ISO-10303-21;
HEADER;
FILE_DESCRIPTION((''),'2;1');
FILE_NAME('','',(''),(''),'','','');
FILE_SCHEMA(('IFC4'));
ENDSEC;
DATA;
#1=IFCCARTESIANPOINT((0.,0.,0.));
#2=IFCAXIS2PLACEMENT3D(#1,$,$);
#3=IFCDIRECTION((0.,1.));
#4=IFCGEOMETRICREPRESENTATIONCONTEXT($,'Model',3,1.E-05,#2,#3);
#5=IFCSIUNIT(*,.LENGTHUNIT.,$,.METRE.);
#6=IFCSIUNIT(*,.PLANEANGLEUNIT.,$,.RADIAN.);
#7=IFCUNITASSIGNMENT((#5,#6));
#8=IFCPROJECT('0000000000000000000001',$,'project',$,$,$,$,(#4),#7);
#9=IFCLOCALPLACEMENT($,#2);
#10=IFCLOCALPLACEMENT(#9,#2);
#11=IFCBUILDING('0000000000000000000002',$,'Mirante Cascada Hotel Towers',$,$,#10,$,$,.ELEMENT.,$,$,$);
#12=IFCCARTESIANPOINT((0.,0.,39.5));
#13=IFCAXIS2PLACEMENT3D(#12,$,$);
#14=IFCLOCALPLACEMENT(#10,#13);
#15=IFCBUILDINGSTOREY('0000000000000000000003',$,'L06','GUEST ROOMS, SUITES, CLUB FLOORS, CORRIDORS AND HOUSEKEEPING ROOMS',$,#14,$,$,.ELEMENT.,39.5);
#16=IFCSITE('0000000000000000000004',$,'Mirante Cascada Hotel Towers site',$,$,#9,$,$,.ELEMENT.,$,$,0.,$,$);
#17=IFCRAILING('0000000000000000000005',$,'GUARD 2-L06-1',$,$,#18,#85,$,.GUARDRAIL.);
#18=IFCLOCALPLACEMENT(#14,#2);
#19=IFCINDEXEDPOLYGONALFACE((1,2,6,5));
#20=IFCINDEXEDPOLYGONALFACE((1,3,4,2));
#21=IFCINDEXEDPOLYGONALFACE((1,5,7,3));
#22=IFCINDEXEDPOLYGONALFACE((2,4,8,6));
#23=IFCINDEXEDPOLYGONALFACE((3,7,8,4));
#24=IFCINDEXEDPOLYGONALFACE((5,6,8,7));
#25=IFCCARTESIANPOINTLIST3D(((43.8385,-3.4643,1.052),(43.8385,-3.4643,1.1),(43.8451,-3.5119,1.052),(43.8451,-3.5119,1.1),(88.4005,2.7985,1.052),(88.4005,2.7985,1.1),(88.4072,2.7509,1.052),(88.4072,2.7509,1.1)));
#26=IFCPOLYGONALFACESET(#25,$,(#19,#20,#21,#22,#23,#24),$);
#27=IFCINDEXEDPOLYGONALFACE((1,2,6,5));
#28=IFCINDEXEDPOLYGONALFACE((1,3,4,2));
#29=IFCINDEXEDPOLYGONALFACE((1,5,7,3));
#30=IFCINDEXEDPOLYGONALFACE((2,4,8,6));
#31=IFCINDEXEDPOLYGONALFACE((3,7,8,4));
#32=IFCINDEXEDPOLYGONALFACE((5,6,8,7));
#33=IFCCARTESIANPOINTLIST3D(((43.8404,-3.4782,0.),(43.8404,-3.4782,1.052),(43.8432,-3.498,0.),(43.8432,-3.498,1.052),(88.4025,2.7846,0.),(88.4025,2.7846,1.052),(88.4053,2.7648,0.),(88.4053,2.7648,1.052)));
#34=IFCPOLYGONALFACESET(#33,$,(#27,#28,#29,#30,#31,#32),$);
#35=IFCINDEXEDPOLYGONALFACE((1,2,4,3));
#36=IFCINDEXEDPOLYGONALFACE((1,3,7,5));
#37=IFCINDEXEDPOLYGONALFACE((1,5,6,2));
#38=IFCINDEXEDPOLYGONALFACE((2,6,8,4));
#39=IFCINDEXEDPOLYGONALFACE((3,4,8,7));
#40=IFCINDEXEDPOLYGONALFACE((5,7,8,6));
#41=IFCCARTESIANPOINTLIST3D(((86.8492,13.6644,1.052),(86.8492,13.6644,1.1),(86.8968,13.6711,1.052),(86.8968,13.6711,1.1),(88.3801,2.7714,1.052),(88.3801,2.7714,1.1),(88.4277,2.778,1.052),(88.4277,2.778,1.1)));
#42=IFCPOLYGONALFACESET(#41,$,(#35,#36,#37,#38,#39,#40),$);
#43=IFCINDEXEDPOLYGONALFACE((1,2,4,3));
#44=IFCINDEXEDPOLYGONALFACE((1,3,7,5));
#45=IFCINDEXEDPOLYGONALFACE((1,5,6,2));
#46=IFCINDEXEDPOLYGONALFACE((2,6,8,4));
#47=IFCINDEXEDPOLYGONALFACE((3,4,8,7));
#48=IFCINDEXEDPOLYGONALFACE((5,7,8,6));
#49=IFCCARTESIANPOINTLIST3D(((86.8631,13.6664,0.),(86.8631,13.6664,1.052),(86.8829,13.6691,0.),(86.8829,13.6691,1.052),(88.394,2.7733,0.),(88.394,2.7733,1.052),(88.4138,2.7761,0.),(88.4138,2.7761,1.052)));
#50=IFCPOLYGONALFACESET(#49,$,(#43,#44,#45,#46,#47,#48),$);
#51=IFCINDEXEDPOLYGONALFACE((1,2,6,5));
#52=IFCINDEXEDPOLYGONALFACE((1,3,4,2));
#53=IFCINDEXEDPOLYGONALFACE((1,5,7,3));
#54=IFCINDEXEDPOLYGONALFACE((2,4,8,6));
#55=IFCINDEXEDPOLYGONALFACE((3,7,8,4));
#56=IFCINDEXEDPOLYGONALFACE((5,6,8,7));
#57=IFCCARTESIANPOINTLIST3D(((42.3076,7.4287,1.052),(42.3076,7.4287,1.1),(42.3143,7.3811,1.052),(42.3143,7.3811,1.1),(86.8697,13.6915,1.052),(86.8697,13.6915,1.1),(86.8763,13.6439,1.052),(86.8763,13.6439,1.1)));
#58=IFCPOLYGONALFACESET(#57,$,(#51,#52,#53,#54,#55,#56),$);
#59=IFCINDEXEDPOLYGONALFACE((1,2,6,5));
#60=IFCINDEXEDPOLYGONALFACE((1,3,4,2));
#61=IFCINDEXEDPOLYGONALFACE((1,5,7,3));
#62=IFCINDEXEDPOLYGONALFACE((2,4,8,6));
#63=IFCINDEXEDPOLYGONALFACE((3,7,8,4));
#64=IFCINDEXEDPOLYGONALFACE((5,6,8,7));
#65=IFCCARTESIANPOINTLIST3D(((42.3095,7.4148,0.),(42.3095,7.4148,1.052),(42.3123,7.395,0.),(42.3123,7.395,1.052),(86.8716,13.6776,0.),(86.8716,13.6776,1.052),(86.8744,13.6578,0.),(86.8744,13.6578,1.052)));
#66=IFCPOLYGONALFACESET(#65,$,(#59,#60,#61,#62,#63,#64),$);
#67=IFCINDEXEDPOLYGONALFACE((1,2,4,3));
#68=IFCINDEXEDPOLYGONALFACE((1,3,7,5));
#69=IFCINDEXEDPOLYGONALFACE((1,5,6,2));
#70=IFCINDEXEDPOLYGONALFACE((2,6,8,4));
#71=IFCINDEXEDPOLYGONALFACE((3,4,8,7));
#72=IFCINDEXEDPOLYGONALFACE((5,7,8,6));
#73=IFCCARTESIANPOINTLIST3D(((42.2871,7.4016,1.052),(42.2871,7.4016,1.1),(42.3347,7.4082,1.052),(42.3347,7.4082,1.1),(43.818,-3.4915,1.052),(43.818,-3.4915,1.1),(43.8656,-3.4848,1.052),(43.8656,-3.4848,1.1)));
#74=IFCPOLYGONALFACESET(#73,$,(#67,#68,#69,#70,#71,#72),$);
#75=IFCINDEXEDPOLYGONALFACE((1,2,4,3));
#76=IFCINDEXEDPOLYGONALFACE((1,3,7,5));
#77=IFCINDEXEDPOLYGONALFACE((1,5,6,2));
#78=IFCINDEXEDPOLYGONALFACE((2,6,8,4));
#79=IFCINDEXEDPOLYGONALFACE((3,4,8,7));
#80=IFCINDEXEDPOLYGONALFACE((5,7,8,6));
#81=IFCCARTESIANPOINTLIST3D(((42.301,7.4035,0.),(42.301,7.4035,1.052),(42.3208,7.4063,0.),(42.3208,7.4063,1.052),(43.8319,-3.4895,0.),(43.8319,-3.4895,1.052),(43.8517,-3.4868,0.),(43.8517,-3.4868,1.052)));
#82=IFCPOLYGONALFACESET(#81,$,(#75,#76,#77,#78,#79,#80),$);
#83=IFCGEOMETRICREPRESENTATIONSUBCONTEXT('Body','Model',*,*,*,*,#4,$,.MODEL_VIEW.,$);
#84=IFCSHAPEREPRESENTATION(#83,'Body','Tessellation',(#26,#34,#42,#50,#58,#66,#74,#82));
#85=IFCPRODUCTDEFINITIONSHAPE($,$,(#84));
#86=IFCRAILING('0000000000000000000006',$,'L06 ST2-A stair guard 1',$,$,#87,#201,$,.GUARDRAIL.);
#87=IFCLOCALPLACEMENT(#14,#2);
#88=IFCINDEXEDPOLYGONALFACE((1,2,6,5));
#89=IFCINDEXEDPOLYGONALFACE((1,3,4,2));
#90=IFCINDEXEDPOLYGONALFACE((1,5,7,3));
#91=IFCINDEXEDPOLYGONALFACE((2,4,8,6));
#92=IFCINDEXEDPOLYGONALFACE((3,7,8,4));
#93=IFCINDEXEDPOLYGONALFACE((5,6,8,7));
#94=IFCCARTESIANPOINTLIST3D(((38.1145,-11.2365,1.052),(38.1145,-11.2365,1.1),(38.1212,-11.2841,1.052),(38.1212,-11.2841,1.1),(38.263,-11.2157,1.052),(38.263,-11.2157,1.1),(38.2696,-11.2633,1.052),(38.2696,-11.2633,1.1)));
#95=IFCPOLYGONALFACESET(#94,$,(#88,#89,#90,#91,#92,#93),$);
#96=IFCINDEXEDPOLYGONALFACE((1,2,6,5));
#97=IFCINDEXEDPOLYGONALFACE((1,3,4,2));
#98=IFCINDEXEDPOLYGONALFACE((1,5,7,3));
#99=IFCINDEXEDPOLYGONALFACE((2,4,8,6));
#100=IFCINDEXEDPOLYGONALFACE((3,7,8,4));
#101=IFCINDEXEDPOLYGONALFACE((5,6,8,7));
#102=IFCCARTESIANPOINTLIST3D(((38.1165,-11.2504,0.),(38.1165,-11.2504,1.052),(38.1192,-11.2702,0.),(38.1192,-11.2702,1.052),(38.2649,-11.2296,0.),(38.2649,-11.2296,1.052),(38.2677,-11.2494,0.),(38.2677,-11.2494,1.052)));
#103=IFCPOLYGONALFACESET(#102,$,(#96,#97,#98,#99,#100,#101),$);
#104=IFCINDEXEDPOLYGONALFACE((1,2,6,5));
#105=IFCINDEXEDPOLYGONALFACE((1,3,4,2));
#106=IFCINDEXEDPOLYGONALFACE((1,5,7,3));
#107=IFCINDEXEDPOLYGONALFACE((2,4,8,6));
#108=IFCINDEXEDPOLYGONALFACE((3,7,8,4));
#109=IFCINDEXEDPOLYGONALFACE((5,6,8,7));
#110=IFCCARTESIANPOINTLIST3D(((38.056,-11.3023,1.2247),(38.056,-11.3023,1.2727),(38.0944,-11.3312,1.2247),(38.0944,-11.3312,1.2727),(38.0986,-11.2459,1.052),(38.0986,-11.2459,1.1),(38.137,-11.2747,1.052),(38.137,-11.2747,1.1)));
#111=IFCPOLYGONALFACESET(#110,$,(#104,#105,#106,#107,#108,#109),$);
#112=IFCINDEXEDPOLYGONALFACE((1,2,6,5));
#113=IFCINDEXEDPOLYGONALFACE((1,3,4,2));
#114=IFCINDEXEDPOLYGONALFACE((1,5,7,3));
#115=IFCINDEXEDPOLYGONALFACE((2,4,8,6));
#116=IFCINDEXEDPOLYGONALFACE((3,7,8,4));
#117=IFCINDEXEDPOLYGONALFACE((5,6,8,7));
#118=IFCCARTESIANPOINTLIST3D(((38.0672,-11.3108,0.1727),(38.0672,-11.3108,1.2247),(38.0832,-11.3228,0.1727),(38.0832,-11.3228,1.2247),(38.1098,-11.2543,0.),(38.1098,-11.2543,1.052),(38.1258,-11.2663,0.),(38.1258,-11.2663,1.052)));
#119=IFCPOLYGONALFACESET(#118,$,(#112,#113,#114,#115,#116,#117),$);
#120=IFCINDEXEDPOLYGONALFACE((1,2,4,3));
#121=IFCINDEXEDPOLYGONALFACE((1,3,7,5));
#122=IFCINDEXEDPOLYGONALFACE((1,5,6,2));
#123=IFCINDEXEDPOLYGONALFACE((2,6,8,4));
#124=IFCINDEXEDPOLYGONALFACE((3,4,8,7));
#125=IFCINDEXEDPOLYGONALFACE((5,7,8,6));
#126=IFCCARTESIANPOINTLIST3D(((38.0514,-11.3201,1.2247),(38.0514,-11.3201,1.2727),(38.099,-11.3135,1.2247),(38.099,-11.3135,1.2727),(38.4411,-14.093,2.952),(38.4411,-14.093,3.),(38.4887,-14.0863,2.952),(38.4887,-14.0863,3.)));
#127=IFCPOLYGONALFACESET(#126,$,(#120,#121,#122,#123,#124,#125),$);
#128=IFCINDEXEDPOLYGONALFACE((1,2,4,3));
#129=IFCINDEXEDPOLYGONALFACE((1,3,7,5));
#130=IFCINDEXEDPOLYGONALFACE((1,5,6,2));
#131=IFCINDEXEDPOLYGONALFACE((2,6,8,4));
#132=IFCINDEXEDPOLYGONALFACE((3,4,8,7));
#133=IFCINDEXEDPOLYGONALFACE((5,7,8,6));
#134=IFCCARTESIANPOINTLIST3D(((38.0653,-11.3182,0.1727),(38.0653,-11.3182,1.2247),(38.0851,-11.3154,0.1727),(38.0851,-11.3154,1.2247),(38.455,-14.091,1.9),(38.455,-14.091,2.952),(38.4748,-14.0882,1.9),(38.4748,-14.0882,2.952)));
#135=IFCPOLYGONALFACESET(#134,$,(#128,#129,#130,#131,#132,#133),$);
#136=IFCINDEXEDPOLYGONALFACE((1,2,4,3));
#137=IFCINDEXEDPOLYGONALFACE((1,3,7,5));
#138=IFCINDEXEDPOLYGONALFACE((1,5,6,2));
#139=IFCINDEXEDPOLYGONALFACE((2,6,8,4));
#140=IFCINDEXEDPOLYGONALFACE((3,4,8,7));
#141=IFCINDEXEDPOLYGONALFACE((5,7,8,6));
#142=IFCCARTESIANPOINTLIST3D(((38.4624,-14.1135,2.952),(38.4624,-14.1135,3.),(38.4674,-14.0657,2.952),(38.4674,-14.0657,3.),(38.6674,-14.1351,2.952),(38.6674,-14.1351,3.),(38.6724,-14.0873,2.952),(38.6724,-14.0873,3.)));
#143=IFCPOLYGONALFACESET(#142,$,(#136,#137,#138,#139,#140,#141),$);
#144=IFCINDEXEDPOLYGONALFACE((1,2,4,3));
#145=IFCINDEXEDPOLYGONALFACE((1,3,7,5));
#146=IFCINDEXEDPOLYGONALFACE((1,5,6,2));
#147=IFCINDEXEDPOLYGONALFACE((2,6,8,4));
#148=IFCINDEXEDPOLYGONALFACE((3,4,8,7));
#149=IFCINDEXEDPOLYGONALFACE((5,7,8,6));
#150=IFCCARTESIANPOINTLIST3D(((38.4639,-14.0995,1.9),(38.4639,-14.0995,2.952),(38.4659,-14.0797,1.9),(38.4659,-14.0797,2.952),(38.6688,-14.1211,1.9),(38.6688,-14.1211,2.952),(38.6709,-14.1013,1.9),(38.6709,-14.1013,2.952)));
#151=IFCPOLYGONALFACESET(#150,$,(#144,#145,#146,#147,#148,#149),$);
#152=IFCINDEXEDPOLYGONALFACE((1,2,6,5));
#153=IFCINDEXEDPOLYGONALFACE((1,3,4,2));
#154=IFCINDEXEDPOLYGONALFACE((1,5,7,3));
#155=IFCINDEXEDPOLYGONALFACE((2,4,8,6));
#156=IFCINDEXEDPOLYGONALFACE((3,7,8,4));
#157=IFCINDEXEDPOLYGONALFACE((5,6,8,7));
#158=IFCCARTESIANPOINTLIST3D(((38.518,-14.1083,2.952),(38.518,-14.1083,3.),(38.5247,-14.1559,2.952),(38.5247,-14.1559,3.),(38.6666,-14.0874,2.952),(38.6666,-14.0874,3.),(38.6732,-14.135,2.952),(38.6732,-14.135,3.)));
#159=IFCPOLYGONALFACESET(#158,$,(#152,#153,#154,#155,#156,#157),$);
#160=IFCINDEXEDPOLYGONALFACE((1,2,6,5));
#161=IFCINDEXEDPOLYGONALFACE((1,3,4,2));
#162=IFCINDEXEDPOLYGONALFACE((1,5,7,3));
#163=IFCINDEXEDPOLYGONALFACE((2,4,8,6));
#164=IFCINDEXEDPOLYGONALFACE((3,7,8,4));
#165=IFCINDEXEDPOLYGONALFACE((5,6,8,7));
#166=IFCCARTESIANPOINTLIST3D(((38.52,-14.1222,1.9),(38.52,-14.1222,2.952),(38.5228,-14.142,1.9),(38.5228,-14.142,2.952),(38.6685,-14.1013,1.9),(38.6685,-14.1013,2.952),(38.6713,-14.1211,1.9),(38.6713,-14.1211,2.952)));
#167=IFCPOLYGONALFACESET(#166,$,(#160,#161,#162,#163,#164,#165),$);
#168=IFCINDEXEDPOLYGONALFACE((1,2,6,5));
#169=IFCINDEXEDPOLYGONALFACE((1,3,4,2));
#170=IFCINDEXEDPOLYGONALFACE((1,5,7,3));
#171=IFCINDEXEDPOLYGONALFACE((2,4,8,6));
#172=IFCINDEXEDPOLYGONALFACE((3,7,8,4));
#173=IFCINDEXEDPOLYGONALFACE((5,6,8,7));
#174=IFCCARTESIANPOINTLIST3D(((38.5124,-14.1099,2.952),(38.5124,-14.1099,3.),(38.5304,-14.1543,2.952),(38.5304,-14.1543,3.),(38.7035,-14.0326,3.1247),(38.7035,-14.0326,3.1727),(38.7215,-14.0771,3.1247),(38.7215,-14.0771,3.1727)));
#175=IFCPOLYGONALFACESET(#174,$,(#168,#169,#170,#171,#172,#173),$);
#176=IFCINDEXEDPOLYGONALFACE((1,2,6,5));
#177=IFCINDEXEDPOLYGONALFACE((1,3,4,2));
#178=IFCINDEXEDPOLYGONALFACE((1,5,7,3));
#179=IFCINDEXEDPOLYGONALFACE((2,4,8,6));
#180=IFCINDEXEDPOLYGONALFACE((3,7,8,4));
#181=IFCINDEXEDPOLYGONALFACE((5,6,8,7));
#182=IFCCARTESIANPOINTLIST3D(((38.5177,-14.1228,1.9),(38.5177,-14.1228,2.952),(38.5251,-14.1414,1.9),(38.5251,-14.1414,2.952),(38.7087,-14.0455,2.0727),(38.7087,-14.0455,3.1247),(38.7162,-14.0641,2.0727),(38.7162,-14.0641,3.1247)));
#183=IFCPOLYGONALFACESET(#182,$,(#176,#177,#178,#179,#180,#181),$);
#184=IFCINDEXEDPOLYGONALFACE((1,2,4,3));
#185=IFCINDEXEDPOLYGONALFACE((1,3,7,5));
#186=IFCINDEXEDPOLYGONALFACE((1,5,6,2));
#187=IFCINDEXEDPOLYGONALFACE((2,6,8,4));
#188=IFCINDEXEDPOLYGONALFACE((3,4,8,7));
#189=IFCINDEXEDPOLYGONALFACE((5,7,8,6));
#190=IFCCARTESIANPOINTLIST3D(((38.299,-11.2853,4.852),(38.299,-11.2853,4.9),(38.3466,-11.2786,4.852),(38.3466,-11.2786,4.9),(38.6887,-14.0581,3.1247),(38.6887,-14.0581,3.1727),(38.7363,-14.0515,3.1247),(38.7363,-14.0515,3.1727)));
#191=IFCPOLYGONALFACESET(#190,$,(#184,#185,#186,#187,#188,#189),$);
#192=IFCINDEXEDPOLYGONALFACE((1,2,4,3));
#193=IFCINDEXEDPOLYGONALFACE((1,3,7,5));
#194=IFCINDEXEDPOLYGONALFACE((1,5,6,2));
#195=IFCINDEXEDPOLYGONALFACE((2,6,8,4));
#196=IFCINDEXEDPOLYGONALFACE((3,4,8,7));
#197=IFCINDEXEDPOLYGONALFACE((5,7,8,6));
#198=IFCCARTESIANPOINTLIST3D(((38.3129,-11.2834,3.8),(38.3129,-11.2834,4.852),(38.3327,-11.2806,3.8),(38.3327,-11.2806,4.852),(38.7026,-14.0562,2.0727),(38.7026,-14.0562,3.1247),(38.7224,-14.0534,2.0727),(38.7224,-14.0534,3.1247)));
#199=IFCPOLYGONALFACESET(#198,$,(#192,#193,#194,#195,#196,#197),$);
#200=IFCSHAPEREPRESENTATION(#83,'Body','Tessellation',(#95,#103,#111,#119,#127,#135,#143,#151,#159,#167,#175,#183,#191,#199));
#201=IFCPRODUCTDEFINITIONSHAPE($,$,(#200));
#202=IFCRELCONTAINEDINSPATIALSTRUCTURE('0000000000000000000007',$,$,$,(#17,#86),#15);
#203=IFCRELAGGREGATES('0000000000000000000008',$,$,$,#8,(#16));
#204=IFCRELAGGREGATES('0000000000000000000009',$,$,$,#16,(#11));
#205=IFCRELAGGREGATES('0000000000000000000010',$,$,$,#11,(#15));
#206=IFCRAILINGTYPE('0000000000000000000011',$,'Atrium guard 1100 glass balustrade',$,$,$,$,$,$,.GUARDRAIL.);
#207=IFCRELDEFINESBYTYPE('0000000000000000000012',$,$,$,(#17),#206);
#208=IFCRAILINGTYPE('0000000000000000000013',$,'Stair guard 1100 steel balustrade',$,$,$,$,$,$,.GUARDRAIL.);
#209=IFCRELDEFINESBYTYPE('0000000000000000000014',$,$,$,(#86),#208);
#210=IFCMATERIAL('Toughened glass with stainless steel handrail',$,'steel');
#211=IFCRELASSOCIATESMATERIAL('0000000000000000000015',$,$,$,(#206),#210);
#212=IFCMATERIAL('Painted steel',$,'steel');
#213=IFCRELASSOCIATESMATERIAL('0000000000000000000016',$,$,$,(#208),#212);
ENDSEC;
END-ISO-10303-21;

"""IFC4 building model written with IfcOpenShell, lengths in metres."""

from ifc_helpers import new_model, si_unit, direction, frame, origin, origin_2d, place, context, subcontext, project, spatial, rectangle, extrude, material, type_object, element, save


model = new_model("IFC4")

# Units and contexts
model_context = context("Model", 3, precision=1e-05, world=origin(), true_north=direction((0.0, 1.0)))
body_context = subcontext(model_context, "Body", "Model", "MODEL_VIEW")
ifc_project = project(units=[si_unit("LENGTHUNIT", "METRE"), si_unit("PLANEANGLEUNIT", "RADIAN")], contexts=[model_context])

# Site, building, storey
site_placement = place(None, origin())
site = spatial("IfcSite", under=ifc_project, at=site_placement, Name="Mirante Cascada Hotel Towers site", CompositionType="ELEMENT", RefElevation=0.0)
building_placement = place(site_placement, origin())
building = spatial("IfcBuilding", under=site, at=building_placement, Name="Mirante Cascada Hotel Towers", CompositionType="ELEMENT")
storey_placement = place(building_placement, frame((0.0, 0.0, 39.5)))
storey = spatial("IfcBuildingStorey", under=building, at=storey_placement, Name="L06", Description="GUEST ROOMS, SUITES, CLUB FLOORS, CORRIDORS AND HOUSEKEEPING ROOMS", CompositionType="ELEMENT", Elevation=39.5)

# Railings
ifc_material_1 = material(Name="Toughened glass with stainless steel handrail", Category="steel")
railing_type_1 = type_object("IfcRailingType", Name="Atrium guard 1100 glass balustrade", PredefinedType="GUARDRAIL", material=ifc_material_1)
railing_1_placement = place(storey_placement, frame((43.8418, -3.4881, 0.0)))
element("IfcRailing", 1, at=railing_1_placement, inside=storey, type_object=railing_type_1, Name="GUARD 2-L06-1", PredefinedType="GUARDRAIL", context=body_context, shape_type="SweptSolid", body=[
    extrude(rectangle(XDim=0.048, YDim=0.048, at=origin_2d()), frame((0.0, 0.0, 1.076), z_axis=(0.990268, 0.139173, 0.0), x_axis=(-0.139173, 0.990268, 0.0)), (0.0, 0.0, 1.0), 45.0),
    extrude(rectangle(XDim=0.02, YDim=1.052, at=origin_2d()), frame((0.0, 0.0, 0.526), z_axis=(0.990268, 0.139173, 0.0), x_axis=(-0.139173, 0.990268, 0.0)), (0.0, 0.0, 1.0), 45.0),
    extrude(rectangle(XDim=0.048, YDim=0.048, at=origin_2d()), frame((44.5621, 6.2628, 1.076), z_axis=(-0.139172, 0.990268, 0.0), x_axis=(-0.990268, -0.139172, 0.0)), (0.0, 0.0, 1.0), 11.0001),
    extrude(rectangle(XDim=0.02, YDim=1.052, at=origin_2d()), frame((44.5621, 6.2628, 0.526), z_axis=(-0.139172, 0.990268, 0.0), x_axis=(-0.990268, -0.139172, 0.0)), (0.0, 0.0, 1.0), 11.0001),
    extrude(rectangle(XDim=0.048, YDim=0.048, at=origin_2d()), frame((43.0312, 17.1558, 1.076), z_axis=(-0.990268, -0.139173, 0.0), x_axis=(0.139173, -0.990268, 0.0)), (0.0, 0.0, 1.0), 45.0),
    extrude(rectangle(XDim=0.02, YDim=1.052, at=origin_2d()), frame((43.0312, 17.1558, 0.526), z_axis=(-0.990268, -0.139173, 0.0), x_axis=(0.139173, -0.990268, 0.0)), (0.0, 0.0, 1.0), 45.0),
    extrude(rectangle(XDim=0.048, YDim=0.048, at=origin_2d()), frame((-1.5309, 10.893, 1.076), z_axis=(0.139172, -0.990268, 0.0), x_axis=(0.990268, 0.139172, 0.0)), (0.0, 0.0, 1.0), 11.0001),
    extrude(rectangle(XDim=0.02, YDim=1.052, at=origin_2d()), frame((-1.5309, 10.893, 0.526), z_axis=(0.139172, -0.990268, 0.0), x_axis=(0.990268, 0.139172, 0.0)), (0.0, 0.0, 1.0), 11.0001),
])
ifc_material_2 = material(Name="Painted steel", Category="steel")
railing_type_2 = type_object("IfcRailingType", Name="Stair guard 1100 steel balustrade", PredefinedType="GUARDRAIL", material=ifc_material_2)
railing_2_placement = place(storey_placement, frame((38.2663, -11.2395, 0.0)))
element("IfcRailing", 2, at=railing_2_placement, inside=storey, type_object=railing_type_2, Name="L06 ST2-A stair guard 1", PredefinedType="GUARDRAIL", context=body_context, shape_type="SweptSolid", body=[
    extrude(rectangle(XDim=0.048, YDim=0.048, at=origin_2d()), frame((0.0, 0.0, 1.076), z_axis=(-0.990333, -0.138713, 0.0), x_axis=(0.138713, -0.990333, 0.0)), (0.0, 0.0, 1.0), 0.1499),
    extrude(rectangle(XDim=0.02, YDim=1.052, at=origin_2d()), frame((0.0, 0.0, 0.526), z_axis=(-0.990333, -0.138713, 0.0), x_axis=(0.138713, -0.990333, 0.0)), (0.0, 0.0, 1.0), 0.1499),
    extrude(rectangle(XDim=0.048, YDim=0.048, at=origin_2d()), frame((-0.1485, -0.0208, 1.076), z_axis=(-0.602033, -0.798471, 0.0), x_axis=(0.798471, -0.602033, 0.0)), (0.0, 0.92534, 0.379139), 0.1866),
    extrude(rectangle(XDim=0.02, YDim=1.052, at=origin_2d()), frame((-0.1485, -0.0208, 0.526), z_axis=(-0.602033, -0.798471, 0.0), x_axis=(0.798471, -0.602033, 0.0)), (0.0, 0.92534, 0.379139), 0.1866),
    extrude(rectangle(XDim=0.048, YDim=0.048, at=origin_2d()), frame((-0.1911, -0.0773, 1.2487), z_axis=(0.139176, -0.990268, 0.0), x_axis=(0.990268, 0.139176, 0.0)), (0.0, 0.525021, 0.851089), 3.29),
    extrude(rectangle(XDim=0.02, YDim=1.052, at=origin_2d()), frame((-0.1911, -0.0773, 0.6987), z_axis=(0.139176, -0.990268, 0.0), x_axis=(0.990268, 0.139176, 0.0)), (0.0, 0.525021, 0.851089), 3.29),
    extrude(rectangle(XDim=0.048, YDim=0.048, at=origin_2d()), frame((0.1986, -2.8501, 2.976), z_axis=(0.994495, -0.104786, 0.0), x_axis=(0.104786, 0.994495, 0.0)), (0.0, 0.0, 1.0), 0.2061),
    extrude(rectangle(XDim=0.02, YDim=1.052, at=origin_2d()), frame((0.1986, -2.8501, 2.426), z_axis=(0.994495, -0.104786, 0.0), x_axis=(0.104786, 0.994495, 0.0)), (0.0, 0.0, 1.0), 0.2061),
    extrude(rectangle(XDim=0.048, YDim=0.048, at=origin_2d()), frame((0.4036, -2.8717, 2.976), z_axis=(-0.990241, -0.139367, 0.0), x_axis=(0.139367, -0.990241, 0.0)), (0.0, 0.0, 1.0), 0.15),
    extrude(rectangle(XDim=0.02, YDim=1.052, at=origin_2d()), frame((0.4036, -2.8717, 2.426), z_axis=(-0.990241, -0.139367, 0.0), x_axis=(0.139367, -0.990241, 0.0)), (0.0, 0.0, 1.0), 0.15),
    extrude(rectangle(XDim=0.048, YDim=0.048, at=origin_2d()), frame((0.2551, -2.8926, 2.976), z_axis=(0.927031, 0.374984, 0.0), x_axis=(-0.374984, 0.927031, 0.0)), (0.0, 0.64219, 0.766545), 0.2689),
    extrude(rectangle(XDim=0.02, YDim=1.052, at=origin_2d()), frame((0.2551, -2.8926, 2.426), z_axis=(0.927031, 0.374984, 0.0), x_axis=(-0.374984, 0.927031, 0.0)), (0.0, 0.64219, 0.766545), 0.2689),
    extrude(rectangle(XDim=0.048, YDim=0.048, at=origin_2d()), frame((0.4462, -2.8153, 3.1487), z_axis=(-0.139176, 0.990268, 0.0), x_axis=(-0.990268, -0.139176, 0.0)), (0.0, 0.525021, 0.851089), 3.29),
    extrude(rectangle(XDim=0.02, YDim=1.052, at=origin_2d()), frame((0.4462, -2.8153, 2.5987), z_axis=(-0.139176, 0.990268, 0.0), x_axis=(-0.990268, -0.139176, 0.0)), (0.0, 0.525021, 0.851089), 3.29),
])

save(model, "model.ifc")
